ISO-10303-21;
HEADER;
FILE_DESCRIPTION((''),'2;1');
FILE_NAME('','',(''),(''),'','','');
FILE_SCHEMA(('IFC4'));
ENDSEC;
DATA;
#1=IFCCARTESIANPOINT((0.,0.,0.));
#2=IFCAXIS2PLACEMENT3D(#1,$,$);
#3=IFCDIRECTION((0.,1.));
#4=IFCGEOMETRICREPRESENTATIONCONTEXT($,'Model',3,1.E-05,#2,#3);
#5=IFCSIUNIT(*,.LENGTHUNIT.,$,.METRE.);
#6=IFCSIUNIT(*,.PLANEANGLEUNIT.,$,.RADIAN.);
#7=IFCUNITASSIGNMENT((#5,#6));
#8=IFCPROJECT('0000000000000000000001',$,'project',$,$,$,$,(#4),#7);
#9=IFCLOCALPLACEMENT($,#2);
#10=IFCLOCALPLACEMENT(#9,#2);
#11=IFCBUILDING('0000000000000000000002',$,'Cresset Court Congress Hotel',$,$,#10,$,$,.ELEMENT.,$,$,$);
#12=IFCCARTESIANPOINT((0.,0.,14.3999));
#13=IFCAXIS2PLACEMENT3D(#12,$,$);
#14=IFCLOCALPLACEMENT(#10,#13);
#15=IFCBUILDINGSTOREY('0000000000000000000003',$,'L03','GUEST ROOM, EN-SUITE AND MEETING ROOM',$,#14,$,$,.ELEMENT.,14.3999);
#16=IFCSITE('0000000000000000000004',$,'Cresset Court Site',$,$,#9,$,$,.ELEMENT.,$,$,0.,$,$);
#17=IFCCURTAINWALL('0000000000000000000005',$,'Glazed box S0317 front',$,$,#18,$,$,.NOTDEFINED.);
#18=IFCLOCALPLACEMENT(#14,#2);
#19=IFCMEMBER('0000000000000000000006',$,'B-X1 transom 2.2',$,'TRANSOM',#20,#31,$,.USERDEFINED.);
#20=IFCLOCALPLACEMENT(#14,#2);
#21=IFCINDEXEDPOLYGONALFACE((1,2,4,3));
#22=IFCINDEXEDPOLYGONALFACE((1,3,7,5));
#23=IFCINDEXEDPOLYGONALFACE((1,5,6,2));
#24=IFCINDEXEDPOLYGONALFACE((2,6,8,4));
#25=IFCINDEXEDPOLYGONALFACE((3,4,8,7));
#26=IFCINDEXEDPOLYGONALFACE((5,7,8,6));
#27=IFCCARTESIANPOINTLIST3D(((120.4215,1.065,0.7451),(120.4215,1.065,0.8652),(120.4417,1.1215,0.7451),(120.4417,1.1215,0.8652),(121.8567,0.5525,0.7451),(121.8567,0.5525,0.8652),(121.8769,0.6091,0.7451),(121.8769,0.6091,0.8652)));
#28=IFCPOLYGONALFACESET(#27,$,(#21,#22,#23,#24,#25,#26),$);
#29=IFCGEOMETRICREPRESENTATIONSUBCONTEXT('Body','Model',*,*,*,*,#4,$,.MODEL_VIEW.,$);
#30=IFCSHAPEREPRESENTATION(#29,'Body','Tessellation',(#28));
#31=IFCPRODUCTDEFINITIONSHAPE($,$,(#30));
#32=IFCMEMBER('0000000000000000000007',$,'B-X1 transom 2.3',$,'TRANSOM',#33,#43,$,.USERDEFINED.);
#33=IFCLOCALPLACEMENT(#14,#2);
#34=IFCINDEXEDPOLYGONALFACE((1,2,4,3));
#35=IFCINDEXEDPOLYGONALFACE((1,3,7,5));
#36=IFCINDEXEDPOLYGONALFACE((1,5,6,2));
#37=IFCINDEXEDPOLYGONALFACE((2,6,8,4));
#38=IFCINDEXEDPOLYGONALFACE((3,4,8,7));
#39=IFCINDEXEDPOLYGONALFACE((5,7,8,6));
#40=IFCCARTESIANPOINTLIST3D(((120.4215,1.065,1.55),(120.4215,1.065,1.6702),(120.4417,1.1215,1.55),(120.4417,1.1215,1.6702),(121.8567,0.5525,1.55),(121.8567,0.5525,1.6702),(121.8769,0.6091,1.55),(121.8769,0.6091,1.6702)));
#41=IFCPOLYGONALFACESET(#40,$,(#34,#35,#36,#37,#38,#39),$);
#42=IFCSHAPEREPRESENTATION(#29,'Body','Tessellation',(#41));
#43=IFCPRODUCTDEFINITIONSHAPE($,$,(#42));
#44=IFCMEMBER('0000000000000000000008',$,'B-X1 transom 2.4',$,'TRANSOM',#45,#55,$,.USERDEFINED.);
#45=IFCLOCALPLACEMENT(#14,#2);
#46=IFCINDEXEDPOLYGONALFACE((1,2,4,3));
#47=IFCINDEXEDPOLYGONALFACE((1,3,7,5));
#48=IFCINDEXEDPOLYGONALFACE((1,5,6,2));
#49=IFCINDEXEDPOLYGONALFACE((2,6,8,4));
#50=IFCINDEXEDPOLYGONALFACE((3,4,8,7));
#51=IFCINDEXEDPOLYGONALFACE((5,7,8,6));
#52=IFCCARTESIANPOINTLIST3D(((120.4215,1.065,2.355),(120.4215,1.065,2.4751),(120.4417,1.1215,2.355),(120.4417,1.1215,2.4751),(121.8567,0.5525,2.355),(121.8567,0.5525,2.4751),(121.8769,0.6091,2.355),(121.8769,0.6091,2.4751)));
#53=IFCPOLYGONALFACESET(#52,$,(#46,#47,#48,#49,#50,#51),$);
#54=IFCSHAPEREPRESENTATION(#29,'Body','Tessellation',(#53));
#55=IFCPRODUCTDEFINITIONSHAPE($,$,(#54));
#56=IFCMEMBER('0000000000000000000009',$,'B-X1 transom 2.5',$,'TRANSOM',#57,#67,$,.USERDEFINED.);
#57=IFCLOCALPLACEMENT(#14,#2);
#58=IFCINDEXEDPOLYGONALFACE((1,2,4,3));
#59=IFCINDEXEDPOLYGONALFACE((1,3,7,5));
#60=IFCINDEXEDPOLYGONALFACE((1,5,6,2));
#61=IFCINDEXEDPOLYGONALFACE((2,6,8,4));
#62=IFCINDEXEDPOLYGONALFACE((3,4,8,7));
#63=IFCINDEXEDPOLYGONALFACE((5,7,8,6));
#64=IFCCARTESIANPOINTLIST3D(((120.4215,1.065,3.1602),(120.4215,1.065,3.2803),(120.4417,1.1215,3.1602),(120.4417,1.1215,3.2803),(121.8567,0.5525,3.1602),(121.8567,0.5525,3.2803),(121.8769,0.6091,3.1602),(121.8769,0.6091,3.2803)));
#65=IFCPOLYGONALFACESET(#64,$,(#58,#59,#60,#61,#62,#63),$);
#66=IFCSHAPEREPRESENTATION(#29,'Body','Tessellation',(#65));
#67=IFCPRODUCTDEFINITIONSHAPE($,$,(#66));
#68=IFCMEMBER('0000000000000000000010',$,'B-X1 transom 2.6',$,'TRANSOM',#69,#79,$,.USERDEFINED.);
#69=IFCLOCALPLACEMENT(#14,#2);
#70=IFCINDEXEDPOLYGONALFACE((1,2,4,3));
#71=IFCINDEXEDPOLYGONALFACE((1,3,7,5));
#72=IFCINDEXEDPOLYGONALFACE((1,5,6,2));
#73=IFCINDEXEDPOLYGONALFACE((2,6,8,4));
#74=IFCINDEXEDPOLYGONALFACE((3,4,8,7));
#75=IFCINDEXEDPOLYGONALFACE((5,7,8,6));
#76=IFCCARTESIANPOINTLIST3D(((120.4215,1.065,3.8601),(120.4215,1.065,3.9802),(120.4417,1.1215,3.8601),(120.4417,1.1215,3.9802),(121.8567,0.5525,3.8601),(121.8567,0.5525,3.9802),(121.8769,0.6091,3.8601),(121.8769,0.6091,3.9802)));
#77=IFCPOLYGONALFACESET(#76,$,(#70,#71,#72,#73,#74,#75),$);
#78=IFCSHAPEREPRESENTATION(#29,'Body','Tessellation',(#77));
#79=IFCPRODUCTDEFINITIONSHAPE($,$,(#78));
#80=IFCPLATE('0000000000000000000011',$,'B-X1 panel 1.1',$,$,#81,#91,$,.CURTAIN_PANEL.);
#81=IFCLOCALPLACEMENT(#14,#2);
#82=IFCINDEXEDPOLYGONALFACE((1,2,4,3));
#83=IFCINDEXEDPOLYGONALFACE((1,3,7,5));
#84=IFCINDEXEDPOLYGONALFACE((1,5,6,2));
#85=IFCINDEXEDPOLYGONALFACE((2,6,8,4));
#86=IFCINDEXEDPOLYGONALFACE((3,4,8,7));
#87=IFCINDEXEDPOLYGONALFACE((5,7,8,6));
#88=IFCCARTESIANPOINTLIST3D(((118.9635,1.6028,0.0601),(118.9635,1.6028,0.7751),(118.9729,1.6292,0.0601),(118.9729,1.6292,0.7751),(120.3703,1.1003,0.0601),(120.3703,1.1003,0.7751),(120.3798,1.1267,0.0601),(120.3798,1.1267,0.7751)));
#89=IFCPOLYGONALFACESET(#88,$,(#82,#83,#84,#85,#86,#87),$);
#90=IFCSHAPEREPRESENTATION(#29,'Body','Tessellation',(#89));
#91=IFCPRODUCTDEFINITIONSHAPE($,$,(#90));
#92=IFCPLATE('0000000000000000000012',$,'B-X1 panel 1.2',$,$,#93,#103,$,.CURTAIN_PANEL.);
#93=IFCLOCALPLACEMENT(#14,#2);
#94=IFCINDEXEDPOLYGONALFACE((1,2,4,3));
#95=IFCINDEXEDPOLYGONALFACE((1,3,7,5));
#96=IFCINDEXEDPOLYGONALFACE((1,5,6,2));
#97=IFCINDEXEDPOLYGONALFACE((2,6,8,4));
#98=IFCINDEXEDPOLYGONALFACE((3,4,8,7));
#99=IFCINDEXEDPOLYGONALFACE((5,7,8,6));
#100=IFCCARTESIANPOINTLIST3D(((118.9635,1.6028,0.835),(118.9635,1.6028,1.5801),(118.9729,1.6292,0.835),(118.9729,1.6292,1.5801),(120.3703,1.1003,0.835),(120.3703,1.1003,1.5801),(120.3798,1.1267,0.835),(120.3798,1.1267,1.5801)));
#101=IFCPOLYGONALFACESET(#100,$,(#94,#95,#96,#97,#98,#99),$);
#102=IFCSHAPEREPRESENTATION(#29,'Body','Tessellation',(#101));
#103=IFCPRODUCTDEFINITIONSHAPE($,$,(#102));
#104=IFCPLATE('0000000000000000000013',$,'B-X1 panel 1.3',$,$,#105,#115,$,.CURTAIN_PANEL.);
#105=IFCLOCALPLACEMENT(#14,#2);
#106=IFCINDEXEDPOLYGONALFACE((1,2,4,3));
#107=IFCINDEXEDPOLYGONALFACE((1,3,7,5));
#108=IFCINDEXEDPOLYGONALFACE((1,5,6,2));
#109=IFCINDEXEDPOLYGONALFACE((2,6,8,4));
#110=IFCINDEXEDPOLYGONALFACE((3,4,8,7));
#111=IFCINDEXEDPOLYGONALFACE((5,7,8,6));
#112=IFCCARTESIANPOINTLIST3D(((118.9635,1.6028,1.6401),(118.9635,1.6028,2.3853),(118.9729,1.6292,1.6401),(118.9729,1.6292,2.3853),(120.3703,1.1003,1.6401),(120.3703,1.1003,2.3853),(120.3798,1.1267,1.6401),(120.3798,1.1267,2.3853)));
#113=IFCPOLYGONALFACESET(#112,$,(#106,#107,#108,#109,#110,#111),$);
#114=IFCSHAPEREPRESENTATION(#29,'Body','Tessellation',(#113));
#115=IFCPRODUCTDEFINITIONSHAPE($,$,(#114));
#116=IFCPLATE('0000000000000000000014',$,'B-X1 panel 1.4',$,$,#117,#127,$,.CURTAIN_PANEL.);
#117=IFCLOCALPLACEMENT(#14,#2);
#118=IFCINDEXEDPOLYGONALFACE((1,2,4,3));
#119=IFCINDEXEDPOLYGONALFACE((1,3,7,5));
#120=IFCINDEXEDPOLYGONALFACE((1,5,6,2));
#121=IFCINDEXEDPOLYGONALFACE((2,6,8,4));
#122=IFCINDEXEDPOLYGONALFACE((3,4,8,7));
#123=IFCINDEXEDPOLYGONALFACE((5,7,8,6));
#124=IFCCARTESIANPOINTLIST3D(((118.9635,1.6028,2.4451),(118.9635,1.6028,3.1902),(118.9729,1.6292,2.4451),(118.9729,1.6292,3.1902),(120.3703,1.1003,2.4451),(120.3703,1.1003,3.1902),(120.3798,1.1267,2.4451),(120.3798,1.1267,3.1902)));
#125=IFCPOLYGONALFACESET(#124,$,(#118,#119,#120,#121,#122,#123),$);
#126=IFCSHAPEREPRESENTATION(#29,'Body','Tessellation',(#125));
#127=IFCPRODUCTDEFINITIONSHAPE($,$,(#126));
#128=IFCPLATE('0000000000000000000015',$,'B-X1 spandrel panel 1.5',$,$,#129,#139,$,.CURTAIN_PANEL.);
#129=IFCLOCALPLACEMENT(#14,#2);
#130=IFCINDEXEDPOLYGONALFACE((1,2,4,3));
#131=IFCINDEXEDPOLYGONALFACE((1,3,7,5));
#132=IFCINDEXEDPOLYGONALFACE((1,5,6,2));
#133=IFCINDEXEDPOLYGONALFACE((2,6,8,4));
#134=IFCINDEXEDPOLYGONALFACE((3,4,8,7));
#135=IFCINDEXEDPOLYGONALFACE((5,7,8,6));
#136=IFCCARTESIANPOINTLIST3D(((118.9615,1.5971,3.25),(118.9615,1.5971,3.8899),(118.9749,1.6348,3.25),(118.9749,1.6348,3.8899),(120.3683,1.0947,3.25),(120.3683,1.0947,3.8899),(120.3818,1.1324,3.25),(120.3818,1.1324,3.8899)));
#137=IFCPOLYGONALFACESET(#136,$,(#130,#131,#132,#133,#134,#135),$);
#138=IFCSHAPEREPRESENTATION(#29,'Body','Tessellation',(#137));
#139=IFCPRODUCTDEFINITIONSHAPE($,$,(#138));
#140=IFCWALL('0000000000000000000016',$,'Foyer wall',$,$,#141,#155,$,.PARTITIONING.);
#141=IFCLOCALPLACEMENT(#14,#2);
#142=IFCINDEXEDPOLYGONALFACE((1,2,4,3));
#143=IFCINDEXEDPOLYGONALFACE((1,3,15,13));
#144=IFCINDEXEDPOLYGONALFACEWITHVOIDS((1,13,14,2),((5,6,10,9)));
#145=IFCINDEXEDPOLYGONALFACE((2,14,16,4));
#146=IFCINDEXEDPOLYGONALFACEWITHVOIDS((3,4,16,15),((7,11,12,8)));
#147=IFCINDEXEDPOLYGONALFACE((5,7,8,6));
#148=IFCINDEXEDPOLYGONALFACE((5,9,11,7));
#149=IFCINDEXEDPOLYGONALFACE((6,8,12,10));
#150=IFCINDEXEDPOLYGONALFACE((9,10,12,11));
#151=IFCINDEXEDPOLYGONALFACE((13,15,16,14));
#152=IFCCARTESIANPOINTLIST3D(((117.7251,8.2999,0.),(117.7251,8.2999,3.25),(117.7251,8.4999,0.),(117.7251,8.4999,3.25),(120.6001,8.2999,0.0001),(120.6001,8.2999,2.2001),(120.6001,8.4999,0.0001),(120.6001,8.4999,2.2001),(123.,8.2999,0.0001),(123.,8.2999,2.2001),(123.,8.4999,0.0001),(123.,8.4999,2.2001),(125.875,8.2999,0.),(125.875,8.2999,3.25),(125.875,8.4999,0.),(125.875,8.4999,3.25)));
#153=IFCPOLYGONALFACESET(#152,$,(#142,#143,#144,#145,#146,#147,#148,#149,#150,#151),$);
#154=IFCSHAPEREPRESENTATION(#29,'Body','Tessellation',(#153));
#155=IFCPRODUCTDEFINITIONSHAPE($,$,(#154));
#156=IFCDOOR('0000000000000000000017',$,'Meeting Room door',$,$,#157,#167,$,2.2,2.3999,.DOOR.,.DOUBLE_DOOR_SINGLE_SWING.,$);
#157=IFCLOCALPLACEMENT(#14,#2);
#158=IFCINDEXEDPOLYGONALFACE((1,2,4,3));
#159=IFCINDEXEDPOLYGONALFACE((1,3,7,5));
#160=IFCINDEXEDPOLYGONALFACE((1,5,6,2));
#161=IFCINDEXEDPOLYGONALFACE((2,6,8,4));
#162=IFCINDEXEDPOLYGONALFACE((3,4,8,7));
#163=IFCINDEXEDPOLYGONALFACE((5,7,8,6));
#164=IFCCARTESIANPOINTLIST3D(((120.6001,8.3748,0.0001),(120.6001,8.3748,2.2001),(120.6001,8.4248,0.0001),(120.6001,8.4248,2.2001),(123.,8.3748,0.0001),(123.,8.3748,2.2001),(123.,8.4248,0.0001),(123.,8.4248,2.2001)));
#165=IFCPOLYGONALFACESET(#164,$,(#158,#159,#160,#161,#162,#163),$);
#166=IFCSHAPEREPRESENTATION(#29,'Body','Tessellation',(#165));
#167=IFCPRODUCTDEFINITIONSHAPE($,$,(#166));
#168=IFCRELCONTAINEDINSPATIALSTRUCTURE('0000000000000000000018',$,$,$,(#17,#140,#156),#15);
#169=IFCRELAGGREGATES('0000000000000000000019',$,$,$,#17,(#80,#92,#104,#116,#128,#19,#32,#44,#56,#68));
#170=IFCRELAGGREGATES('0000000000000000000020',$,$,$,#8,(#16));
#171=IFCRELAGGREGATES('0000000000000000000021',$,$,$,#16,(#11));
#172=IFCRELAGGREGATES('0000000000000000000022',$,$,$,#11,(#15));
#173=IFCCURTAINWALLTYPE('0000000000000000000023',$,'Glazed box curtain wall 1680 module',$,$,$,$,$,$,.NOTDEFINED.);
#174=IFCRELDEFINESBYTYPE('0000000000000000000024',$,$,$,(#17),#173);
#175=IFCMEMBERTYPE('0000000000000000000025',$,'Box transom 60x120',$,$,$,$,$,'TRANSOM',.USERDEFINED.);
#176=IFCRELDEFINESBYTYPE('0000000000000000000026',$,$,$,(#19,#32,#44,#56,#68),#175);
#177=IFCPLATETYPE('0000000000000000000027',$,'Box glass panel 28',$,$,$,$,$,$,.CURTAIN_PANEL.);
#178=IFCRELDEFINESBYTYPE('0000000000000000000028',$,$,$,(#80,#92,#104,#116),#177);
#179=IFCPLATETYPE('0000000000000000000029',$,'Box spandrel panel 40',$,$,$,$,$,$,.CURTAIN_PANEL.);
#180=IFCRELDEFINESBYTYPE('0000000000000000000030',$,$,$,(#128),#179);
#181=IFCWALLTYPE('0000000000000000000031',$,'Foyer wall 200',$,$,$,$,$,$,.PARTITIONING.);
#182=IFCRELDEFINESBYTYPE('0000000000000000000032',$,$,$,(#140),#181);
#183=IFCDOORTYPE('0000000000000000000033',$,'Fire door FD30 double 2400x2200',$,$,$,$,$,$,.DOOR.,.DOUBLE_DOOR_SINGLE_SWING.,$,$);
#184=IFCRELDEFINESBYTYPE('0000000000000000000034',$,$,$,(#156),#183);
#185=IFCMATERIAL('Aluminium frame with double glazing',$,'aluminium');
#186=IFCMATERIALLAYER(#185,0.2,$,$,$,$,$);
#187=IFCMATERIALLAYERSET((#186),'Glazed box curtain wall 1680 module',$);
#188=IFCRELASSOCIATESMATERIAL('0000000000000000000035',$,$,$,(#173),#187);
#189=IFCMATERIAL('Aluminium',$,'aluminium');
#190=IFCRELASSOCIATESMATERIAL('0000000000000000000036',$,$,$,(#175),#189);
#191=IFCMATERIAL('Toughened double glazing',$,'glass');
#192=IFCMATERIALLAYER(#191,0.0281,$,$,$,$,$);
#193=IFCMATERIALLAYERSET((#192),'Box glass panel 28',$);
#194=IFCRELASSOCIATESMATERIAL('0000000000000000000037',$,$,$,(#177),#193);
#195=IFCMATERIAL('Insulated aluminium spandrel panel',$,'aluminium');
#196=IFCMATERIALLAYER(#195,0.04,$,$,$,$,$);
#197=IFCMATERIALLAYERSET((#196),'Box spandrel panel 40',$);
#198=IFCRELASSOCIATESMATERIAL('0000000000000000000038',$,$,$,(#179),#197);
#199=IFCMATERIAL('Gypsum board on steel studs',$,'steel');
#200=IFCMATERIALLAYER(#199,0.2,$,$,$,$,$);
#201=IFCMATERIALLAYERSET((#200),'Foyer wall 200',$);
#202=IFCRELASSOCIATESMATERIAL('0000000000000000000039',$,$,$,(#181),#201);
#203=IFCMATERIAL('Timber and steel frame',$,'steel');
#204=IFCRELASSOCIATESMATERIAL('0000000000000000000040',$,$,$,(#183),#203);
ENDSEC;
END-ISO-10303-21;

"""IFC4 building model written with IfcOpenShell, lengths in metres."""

from ifc_helpers import new_model, si_unit, direction, frame, frame_2d, origin, origin_2d, place, context, subcontext, project, spatial, rectangle, extrude, material, layer, layer_set, material_profile, profile_set, type_object, element, fill, aggregate, save


model = new_model("IFC4")

# Units and contexts
model_context = context("Model", 3, precision=1e-05, world=origin(), true_north=direction((0.0, 1.0)))
body_context = subcontext(model_context, "Body", "Model", "MODEL_VIEW")
ifc_project = project(units=[si_unit("LENGTHUNIT", "METRE"), si_unit("PLANEANGLEUNIT", "RADIAN")], contexts=[model_context])

# Site, building, storey
site_placement = place(None, origin())
site = spatial("IfcSite", under=ifc_project, at=site_placement, Name="Cresset Court Site", CompositionType="ELEMENT", RefElevation=0.0)
building_placement = place(site_placement, origin())
building = spatial("IfcBuilding", under=site, at=building_placement, Name="Cresset Court Congress Hotel", CompositionType="ELEMENT")
storey_placement = place(building_placement, frame((0.0, 0.0, 14.3999)))
storey = spatial("IfcBuildingStorey", under=building, at=storey_placement, Name="L03", Description="GUEST ROOM, EN-SUITE AND MEETING ROOM", CompositionType="ELEMENT", Elevation=14.3999)

# Curtain wall
ifc_material_1 = material(Name="Aluminium frame with double glazing", Category="aluminium")
ifc_layer_1 = layer(ifc_material_1, 0.2)
ifc_layer_set_1 = layer_set([ifc_layer_1], Name="Glazed box curtain wall 1680 module")
curtain_wall_type = type_object("IfcCurtainWallType", Name="Glazed box curtain wall 1680 module", PredefinedType="NOTDEFINED", material=ifc_layer_set_1)
curtain_wall_1_placement = place(storey_placement, origin())
curtain_wall_1 = element("IfcCurtainWall", 1, at=curtain_wall_1_placement, inside=storey, type_object=curtain_wall_type, Name="Glazed box S0317 front", PredefinedType="NOTDEFINED")

# Members
ifc_material_2 = material(Name="Aluminium", Category="aluminium")
ifc_material_profile_1 = material_profile(ifc_material_2, rectangle(XDim=0.0601, YDim=0.1201, at=origin_2d()), Name="Box transom 60x120")
ifc_profile_set_1 = profile_set([ifc_material_profile_1], Name="Aluminium")
member_type_1 = type_object("IfcMemberType", Name="Box transom 60x120", ElementType="TRANSOM", PredefinedType="USERDEFINED", material=ifc_profile_set_1)
member_1_placement = place(storey_placement, frame((120.4316, 1.0933, 0.8052), z_axis=(0.941756, -0.336296, 0.0), x_axis=(0.336296, 0.941756, 0.0)))
member_1 = element("IfcMember", 2, at=member_1_placement, type_object=member_type_1, Name="B-X1 transom 2.2", ObjectType="TRANSOM", PredefinedType="USERDEFINED", context=body_context, shape_type="SweptSolid", body=[
    extrude(rectangle(XDim=0.0601, YDim=0.1201, at=origin_2d()), origin(), (0.0, 0.0, 1.0), 1.5239),
])
member_2_placement = place(storey_placement, frame((120.4316, 1.0933, 1.6101), z_axis=(0.941756, -0.336296, 0.0), x_axis=(0.336296, 0.941756, 0.0)))
member_2 = element("IfcMember", 3, at=member_2_placement, type_object=member_type_1, Name="B-X1 transom 2.3", ObjectType="TRANSOM", PredefinedType="USERDEFINED", context=body_context, shape_type="SweptSolid", body=[
    extrude(rectangle(XDim=0.0601, YDim=0.1201, at=origin_2d()), origin(), (0.0, 0.0, 1.0), 1.5239),
])
member_3_placement = place(storey_placement, frame((120.4316, 1.0933, 2.415), z_axis=(0.941756, -0.336296, 0.0), x_axis=(0.336296, 0.941756, 0.0)))
member_3 = element("IfcMember", 4, at=member_3_placement, type_object=member_type_1, Name="B-X1 transom 2.4", ObjectType="TRANSOM", PredefinedType="USERDEFINED", context=body_context, shape_type="SweptSolid", body=[
    extrude(rectangle(XDim=0.0601, YDim=0.1201, at=origin_2d()), origin(), (0.0, 0.0, 1.0), 1.5239),
])
member_4_placement = place(storey_placement, frame((120.4316, 1.0933, 3.2202), z_axis=(0.941756, -0.336296, 0.0), x_axis=(0.336296, 0.941756, 0.0)))
member_4 = element("IfcMember", 5, at=member_4_placement, type_object=member_type_1, Name="B-X1 transom 2.5", ObjectType="TRANSOM", PredefinedType="USERDEFINED", context=body_context, shape_type="SweptSolid", body=[
    extrude(rectangle(XDim=0.0601, YDim=0.1201, at=origin_2d()), origin(), (0.0, 0.0, 1.0), 1.5239),
])
member_5_placement = place(storey_placement, frame((120.4316, 1.0933, 3.9202), z_axis=(0.941756, -0.336296, 0.0), x_axis=(0.336296, 0.941756, 0.0)))
member_5 = element("IfcMember", 6, at=member_5_placement, type_object=member_type_1, Name="B-X1 transom 2.6", ObjectType="TRANSOM", PredefinedType="USERDEFINED", context=body_context, shape_type="SweptSolid", body=[
    extrude(rectangle(XDim=0.0601, YDim=0.1201, at=origin_2d()), origin(), (0.0, 0.0, 1.0), 1.5239),
])

# Plates
ifc_material_3 = material(Name="Toughened double glazing", Category="glass")
ifc_layer_2 = layer(ifc_material_3, 0.0281)
ifc_layer_set_2 = layer_set([ifc_layer_2], Name="Box glass panel 28")
plate_type_1 = type_object("IfcPlateType", Name="Box glass panel 28", PredefinedType="CURTAIN_PANEL", material=ifc_layer_set_2)
plate_1_placement = place(storey_placement, frame((119.6716, 1.3647, 0.0601), z_axis=(0.0, 0.0, 1.0), x_axis=(0.941742, -0.336336, 0.0)))
plate_1 = element("IfcPlate", 7, at=plate_1_placement, type_object=plate_type_1, Name="B-X1 panel 1.1", PredefinedType="CURTAIN_PANEL", context=body_context, shape_type="SweptSolid", body=[
    extrude(rectangle(XDim=1.4939, YDim=0.0281, at=origin_2d()), origin(), (0.0, 0.0, 1.0), 0.7151),
])
plate_2_placement = place(storey_placement, frame((119.6716, 1.3647, 0.835), z_axis=(0.0, 0.0, 1.0), x_axis=(0.941742, -0.336336, 0.0)))
plate_2 = element("IfcPlate", 8, at=plate_2_placement, type_object=plate_type_1, Name="B-X1 panel 1.2", PredefinedType="CURTAIN_PANEL", context=body_context, shape_type="SweptSolid", body=[
    extrude(rectangle(XDim=1.4939, YDim=0.0281, at=origin_2d()), origin(), (0.0, 0.0, 1.0), 0.7451),
])
plate_3_placement = place(storey_placement, frame((119.6716, 1.3647, 1.6401), z_axis=(0.0, 0.0, 1.0), x_axis=(0.941742, -0.336336, 0.0)))
plate_3 = element("IfcPlate", 9, at=plate_3_placement, type_object=plate_type_1, Name="B-X1 panel 1.3", PredefinedType="CURTAIN_PANEL", context=body_context, shape_type="SweptSolid", body=[
    extrude(rectangle(XDim=1.4939, YDim=0.0281, at=origin_2d()), origin(), (0.0, 0.0, 1.0), 0.7451),
])
plate_4_placement = place(storey_placement, frame((119.6716, 1.3647, 2.4451), z_axis=(0.0, 0.0, 1.0), x_axis=(0.941742, -0.336336, 0.0)))
plate_4 = element("IfcPlate", 10, at=plate_4_placement, type_object=plate_type_1, Name="B-X1 panel 1.4", PredefinedType="CURTAIN_PANEL", context=body_context, shape_type="SweptSolid", body=[
    extrude(rectangle(XDim=1.4939, YDim=0.0281, at=origin_2d()), origin(), (0.0, 0.0, 1.0), 0.7451),
])
ifc_material_4 = material(Name="Insulated aluminium spandrel panel", Category="aluminium")
ifc_layer_3 = layer(ifc_material_4, 0.04)
ifc_layer_set_3 = layer_set([ifc_layer_3], Name="Box spandrel panel 40")
plate_type_2 = type_object("IfcPlateType", Name="Box spandrel panel 40", PredefinedType="CURTAIN_PANEL", material=ifc_layer_set_3)
plate_5_placement = place(storey_placement, frame((119.6716, 1.3647, 3.25), z_axis=(0.0, 0.0, 1.0), x_axis=(0.941742, -0.336336, 0.0)))
plate_5 = element("IfcPlate", 11, at=plate_5_placement, type_object=plate_type_2, Name="B-X1 spandrel panel 1.5", PredefinedType="CURTAIN_PANEL", context=body_context, shape_type="SweptSolid", body=[
    extrude(rectangle(XDim=1.4939, YDim=0.04, at=origin_2d()), origin(), (0.0, 0.0, 1.0), 0.6399),
])
aggregate(curtain_wall_1, [plate_1, plate_2, plate_3, plate_4, plate_5, member_1, member_2, member_3, member_4, member_5])

# Wall, opening, door
ifc_material_5 = material(Name="Gypsum board on steel studs", Category="steel")
ifc_layer_4 = layer(ifc_material_5, 0.2)
ifc_layer_set_4 = layer_set([ifc_layer_4], Name="Foyer wall 200")
wall_type = type_object("IfcWallType", Name="Foyer wall 200", PredefinedType="PARTITIONING", material=ifc_layer_set_4)
wall_placement = place(storey_placement, frame((117.7251, 8.3999, 0.0), z_axis=(0.0, 0.0, 1.0), x_axis=(1.0, 0.0, 0.0)))
wall = element("IfcWall", 12, at=wall_placement, inside=storey, type_object=wall_type, Name="Foyer wall", PredefinedType="PARTITIONING", context=body_context, shape_type="SweptSolid", body=[
    extrude(rectangle(XDim=8.1499, YDim=0.2, at=frame_2d((4.075, 0.0))), origin(), (0.0, 0.0, 1.0), 3.25),
])
opening_placement = place(wall_placement, frame((2.875, 0.0, 0.0)))
opening = element("IfcOpeningElement", 13, at=opening_placement, cuts=wall, PredefinedType="OPENING", context=body_context, shape_type="SweptSolid", body=[
    extrude(rectangle(XDim=2.3999, YDim=2.2, at=frame_2d((1.2, 1.1001))), frame((0.0, 0.1099, 0.0), z_axis=(0.0, -1.0, 0.0), x_axis=(1.0, 0.0, 0.0)), (0.0, 0.0, 1.0), 0.22),
])
ifc_material_6 = material(Name="Timber and steel frame", Category="steel")
door_type = type_object("IfcDoorType", Name="Fire door FD30 double 2400x2200", OperationType="DOUBLE_DOOR_SINGLE_SWING", PredefinedType="DOOR", material=ifc_material_6)
door_placement = place(opening_placement, origin())
door = element("IfcDoor", 14, at=door_placement, inside=storey, type_object=door_type, Name="Meeting Room door", OperationType="DOUBLE_DOOR_SINGLE_SWING", OverallHeight=2.2, OverallWidth=2.3999, PredefinedType="DOOR", context=body_context, shape_type="SweptSolid", body=[
    extrude(rectangle(XDim=2.3999, YDim=2.2, at=frame_2d((1.2, 1.1001))), frame((0.0, 0.0249, 0.0), z_axis=(0.0, -1.0, 0.0), x_axis=(1.0, 0.0, 0.0)), (0.0, 0.0, 1.0), 0.05),
])
fill(opening, door)

save(model, "model.ifc")
